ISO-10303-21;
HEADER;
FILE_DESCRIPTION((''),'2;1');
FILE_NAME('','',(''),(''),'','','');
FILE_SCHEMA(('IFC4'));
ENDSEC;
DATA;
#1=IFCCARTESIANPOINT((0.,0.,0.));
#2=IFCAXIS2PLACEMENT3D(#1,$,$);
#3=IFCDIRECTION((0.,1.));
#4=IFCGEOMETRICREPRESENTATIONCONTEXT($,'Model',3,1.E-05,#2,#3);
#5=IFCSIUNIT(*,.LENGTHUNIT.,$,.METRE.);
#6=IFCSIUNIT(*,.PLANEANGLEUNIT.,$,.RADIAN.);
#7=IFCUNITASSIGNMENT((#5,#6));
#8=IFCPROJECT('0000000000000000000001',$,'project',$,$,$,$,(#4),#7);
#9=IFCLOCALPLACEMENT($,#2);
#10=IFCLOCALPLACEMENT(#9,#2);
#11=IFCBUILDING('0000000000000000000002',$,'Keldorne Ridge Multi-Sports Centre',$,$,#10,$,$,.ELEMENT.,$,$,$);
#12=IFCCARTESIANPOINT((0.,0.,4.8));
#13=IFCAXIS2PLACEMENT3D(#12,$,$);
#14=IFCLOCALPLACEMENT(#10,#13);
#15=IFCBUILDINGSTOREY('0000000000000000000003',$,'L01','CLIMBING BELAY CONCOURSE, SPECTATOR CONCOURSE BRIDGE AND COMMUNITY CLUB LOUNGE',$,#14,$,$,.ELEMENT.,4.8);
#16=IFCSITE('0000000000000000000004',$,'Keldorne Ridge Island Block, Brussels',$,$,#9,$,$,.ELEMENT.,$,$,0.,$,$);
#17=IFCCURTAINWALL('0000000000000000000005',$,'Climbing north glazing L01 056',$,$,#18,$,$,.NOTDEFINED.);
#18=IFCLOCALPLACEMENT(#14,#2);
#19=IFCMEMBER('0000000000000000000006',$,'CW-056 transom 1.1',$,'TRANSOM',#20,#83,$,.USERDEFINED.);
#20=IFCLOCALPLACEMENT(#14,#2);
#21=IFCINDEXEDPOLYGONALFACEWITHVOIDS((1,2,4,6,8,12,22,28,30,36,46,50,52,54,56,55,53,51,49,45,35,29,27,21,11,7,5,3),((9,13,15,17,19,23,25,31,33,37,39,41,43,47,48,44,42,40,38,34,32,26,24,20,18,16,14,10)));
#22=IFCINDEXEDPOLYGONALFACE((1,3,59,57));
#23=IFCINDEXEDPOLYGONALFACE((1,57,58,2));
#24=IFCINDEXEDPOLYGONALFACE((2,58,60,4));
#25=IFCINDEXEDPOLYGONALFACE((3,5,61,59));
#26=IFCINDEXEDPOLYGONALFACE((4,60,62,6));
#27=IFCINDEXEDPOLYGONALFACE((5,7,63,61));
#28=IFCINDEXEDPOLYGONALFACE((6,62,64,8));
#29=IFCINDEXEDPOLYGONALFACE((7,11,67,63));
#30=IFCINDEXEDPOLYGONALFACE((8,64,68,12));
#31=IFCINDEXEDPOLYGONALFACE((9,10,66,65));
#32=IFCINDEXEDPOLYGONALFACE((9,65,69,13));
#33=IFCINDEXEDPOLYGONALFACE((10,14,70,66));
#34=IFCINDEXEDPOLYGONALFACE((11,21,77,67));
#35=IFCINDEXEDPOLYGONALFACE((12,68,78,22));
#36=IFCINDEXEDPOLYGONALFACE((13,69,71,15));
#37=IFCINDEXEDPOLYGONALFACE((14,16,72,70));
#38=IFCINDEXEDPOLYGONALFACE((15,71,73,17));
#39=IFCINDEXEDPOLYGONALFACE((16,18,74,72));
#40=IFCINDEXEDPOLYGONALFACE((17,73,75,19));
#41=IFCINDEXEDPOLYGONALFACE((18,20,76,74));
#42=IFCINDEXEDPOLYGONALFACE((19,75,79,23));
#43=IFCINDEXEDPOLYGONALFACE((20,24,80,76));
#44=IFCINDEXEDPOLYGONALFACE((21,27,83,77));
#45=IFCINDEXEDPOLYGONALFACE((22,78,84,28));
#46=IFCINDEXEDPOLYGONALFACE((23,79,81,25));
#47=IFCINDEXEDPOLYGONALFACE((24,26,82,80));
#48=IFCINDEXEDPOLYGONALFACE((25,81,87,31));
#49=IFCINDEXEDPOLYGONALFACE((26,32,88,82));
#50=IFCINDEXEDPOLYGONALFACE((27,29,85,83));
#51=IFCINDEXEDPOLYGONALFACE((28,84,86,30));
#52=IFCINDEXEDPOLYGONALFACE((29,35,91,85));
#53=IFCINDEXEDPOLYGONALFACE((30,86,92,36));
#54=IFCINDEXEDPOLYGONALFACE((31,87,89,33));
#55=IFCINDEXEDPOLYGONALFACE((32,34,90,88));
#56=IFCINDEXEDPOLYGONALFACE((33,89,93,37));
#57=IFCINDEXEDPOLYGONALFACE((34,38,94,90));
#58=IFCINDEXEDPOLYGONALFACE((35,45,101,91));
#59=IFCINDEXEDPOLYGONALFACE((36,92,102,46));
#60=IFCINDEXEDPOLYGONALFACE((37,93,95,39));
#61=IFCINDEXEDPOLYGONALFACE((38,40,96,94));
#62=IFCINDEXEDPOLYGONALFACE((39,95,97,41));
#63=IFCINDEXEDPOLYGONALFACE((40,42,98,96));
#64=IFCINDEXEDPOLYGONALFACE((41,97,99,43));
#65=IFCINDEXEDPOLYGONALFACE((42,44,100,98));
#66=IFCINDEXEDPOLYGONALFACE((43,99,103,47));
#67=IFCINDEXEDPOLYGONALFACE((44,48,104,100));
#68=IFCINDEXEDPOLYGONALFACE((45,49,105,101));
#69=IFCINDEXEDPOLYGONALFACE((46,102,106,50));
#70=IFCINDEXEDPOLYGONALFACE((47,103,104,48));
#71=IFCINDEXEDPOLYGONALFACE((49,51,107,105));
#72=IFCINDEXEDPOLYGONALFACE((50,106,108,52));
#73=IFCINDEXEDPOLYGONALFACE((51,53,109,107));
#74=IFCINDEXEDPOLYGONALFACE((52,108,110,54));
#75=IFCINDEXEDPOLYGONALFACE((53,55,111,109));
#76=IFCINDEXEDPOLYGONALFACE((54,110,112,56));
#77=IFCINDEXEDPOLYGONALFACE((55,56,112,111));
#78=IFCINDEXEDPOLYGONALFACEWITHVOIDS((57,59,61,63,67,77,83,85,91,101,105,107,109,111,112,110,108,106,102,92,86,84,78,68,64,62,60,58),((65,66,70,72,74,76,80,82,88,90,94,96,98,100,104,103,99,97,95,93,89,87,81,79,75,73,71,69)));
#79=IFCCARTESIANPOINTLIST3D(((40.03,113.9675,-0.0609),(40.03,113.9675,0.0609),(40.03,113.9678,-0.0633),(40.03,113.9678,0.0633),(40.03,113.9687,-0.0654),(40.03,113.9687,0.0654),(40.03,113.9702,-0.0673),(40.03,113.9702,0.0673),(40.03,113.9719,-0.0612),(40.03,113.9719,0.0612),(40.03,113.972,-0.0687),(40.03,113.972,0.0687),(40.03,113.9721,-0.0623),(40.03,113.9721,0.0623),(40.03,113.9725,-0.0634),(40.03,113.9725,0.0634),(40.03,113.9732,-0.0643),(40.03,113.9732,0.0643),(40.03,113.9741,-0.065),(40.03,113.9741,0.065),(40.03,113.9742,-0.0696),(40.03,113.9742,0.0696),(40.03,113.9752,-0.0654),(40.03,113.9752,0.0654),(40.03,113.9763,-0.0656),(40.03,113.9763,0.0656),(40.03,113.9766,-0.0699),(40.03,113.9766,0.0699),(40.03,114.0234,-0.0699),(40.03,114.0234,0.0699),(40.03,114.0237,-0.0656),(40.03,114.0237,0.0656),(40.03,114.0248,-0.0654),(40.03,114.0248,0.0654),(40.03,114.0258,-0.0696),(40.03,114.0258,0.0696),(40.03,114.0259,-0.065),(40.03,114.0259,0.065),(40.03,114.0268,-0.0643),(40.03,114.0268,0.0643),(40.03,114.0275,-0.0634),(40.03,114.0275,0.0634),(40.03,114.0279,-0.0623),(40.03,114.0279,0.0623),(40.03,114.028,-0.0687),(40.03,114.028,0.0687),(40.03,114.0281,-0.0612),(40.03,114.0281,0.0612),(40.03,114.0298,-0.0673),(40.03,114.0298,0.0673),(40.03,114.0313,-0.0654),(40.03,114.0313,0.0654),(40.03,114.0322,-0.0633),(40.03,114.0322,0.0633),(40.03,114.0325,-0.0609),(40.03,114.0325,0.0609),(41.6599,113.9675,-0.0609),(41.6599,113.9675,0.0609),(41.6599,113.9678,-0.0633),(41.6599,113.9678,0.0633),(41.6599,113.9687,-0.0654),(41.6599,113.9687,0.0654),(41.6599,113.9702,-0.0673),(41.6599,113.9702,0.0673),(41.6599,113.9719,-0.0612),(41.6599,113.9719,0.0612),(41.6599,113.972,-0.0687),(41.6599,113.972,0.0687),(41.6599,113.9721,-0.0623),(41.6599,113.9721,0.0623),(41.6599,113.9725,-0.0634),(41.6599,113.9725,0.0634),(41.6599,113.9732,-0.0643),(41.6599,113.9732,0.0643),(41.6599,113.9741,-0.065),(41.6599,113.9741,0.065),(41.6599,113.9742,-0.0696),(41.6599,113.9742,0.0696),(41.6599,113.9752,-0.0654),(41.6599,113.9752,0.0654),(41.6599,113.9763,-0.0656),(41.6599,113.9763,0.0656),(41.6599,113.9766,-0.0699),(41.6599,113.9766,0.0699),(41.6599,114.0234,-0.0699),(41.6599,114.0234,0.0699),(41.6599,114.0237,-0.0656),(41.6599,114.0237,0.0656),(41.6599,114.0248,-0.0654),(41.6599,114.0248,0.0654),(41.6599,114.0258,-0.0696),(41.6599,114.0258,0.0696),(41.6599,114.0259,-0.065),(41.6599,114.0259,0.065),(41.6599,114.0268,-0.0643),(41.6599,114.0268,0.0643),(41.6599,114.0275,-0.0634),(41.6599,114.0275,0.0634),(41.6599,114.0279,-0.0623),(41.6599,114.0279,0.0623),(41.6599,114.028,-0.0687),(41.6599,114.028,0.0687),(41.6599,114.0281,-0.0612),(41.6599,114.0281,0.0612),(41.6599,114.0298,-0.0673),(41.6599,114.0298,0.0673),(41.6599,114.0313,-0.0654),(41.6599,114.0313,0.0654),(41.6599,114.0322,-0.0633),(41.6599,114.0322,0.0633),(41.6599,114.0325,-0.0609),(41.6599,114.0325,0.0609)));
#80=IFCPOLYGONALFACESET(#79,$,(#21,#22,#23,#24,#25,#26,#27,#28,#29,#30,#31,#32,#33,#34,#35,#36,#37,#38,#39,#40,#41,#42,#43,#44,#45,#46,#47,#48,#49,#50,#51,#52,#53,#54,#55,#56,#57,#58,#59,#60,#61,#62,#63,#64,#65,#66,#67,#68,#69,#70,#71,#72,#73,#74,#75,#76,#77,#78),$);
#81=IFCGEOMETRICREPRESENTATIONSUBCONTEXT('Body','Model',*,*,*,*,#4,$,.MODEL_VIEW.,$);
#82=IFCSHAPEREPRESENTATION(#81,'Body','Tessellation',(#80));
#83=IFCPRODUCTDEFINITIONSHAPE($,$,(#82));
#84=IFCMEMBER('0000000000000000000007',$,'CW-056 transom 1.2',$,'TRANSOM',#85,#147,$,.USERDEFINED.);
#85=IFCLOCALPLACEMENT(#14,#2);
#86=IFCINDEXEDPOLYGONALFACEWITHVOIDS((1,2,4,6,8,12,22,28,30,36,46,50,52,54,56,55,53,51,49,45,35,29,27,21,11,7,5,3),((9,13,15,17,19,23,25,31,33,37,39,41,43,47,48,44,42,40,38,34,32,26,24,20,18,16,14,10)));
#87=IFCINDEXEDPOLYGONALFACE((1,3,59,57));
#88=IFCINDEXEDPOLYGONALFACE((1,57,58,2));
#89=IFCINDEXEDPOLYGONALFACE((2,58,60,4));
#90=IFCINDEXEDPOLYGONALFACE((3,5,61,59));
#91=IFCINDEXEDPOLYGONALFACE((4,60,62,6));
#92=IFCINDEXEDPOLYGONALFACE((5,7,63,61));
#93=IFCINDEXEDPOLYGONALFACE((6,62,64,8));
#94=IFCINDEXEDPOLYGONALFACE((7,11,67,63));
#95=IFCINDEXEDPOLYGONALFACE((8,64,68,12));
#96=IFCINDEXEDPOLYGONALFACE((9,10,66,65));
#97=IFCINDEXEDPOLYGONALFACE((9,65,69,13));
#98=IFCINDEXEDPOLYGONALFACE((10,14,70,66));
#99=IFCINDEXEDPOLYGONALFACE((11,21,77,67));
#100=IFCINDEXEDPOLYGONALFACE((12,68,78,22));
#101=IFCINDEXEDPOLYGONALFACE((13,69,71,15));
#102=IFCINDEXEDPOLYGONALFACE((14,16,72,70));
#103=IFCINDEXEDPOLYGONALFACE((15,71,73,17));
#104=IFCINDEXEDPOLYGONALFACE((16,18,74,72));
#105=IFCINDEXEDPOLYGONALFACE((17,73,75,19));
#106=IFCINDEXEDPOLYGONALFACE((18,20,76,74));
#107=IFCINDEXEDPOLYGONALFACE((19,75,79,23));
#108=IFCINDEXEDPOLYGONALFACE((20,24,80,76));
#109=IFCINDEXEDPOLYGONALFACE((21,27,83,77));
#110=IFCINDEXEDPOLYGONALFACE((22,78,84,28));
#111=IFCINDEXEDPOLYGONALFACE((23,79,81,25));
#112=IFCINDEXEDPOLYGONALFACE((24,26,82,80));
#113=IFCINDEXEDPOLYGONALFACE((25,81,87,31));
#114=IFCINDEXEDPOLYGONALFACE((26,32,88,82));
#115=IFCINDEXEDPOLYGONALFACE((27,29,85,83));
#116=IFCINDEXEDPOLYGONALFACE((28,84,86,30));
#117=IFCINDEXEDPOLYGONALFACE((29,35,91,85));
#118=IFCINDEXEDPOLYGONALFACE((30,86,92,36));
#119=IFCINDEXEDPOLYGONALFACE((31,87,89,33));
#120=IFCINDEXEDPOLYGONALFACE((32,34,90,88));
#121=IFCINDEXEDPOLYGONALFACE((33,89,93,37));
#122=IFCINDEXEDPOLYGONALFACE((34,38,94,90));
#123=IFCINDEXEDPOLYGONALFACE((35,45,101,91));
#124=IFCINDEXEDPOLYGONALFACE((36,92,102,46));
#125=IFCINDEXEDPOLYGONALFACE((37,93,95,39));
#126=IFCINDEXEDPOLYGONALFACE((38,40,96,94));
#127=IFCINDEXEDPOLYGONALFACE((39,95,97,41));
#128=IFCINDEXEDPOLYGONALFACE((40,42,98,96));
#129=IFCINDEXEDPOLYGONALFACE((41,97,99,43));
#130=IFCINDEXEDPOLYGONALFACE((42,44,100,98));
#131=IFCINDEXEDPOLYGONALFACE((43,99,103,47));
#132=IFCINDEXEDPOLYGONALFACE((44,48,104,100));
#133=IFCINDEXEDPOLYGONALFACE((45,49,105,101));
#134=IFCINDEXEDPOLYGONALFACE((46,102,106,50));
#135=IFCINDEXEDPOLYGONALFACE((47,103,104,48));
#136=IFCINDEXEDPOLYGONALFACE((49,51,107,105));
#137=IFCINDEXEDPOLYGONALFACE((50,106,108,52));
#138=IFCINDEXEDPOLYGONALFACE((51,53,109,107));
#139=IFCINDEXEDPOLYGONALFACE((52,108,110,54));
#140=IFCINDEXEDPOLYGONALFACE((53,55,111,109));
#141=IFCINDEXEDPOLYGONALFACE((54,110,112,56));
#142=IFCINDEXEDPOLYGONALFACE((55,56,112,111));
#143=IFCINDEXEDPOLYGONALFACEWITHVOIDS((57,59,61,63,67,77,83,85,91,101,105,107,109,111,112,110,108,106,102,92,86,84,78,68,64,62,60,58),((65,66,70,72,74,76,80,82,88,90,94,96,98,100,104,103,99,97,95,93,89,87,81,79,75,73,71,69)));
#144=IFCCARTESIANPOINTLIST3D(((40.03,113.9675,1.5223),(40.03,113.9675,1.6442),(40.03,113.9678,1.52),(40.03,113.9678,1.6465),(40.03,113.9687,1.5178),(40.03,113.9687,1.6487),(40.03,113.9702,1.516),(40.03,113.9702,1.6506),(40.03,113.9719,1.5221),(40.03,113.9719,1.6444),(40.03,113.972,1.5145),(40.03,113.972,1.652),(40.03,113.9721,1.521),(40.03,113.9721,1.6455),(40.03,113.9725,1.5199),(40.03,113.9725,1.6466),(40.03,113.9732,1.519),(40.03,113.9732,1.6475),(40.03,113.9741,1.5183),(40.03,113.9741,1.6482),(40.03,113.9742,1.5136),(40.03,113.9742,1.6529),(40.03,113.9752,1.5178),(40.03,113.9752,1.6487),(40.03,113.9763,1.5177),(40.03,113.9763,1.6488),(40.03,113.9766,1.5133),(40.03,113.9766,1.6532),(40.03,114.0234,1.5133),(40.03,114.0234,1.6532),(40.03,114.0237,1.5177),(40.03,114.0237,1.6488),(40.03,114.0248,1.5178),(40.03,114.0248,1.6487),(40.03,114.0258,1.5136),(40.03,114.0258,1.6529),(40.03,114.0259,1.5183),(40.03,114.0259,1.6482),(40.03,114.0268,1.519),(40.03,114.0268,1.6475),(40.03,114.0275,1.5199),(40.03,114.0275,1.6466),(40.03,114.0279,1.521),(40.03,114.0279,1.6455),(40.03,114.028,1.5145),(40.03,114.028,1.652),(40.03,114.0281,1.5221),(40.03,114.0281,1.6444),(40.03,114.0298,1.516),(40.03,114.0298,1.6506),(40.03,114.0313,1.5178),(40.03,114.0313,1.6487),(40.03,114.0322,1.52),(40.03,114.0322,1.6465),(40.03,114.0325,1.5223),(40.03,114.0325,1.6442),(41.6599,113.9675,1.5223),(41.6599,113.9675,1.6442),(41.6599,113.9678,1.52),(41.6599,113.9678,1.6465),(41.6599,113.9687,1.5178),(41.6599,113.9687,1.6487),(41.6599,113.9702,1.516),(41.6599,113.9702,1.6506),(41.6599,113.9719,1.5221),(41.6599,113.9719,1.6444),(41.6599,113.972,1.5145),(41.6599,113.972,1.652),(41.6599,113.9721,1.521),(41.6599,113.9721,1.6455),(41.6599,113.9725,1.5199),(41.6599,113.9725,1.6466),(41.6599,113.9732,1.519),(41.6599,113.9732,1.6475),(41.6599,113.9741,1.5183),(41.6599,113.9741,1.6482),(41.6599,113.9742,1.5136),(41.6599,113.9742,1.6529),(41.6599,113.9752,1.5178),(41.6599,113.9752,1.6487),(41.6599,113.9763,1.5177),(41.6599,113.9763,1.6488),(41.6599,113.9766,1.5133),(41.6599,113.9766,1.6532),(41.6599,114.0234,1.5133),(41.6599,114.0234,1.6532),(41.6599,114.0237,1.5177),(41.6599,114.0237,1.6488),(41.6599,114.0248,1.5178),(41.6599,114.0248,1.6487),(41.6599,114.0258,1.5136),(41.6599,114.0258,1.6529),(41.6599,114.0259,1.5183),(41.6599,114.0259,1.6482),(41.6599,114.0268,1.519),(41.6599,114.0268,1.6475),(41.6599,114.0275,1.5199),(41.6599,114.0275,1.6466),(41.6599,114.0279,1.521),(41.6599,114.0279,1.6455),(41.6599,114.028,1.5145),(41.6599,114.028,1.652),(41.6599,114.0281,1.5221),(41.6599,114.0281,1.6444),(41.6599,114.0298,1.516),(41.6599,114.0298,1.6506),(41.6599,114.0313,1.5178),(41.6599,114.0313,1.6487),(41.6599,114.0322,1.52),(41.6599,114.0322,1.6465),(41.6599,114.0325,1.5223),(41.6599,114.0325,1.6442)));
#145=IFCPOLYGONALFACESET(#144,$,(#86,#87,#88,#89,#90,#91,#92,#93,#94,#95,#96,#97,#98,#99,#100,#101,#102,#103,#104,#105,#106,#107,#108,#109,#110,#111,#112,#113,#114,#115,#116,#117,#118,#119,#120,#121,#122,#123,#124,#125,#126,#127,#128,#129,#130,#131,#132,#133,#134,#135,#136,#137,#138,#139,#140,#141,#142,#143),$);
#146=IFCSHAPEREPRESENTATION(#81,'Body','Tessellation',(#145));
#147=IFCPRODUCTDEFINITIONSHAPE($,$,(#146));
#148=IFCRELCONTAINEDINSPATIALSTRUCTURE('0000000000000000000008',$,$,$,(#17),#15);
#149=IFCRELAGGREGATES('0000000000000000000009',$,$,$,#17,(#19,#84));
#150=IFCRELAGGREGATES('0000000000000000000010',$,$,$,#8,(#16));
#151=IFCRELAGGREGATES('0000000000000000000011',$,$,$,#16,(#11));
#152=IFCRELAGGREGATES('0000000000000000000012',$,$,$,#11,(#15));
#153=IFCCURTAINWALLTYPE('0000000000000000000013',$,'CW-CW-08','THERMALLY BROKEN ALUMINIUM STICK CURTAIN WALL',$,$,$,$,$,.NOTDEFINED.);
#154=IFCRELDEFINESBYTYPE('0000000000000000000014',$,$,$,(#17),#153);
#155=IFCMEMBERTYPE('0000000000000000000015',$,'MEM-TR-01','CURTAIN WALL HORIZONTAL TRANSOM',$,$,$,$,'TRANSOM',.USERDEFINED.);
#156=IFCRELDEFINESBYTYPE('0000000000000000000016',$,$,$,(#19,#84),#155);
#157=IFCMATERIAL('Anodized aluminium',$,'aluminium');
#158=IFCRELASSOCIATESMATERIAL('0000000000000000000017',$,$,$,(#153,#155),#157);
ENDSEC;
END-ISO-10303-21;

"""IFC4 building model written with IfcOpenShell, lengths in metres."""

from ifc_helpers import new_model, si_unit, direction, frame, origin, origin_2d, place, context, subcontext, project, spatial, hollow_rectangle, extrude, material, material_profile, profile_set, type_object, element, aggregate, save


model = new_model("IFC4")

# Units and contexts
model_context = context("Model", 3, precision=1e-05, world=origin(), true_north=direction((0.0, 1.0)))
body_context = subcontext(model_context, "Body", "Model", "MODEL_VIEW")
ifc_project = project(units=[si_unit("LENGTHUNIT", "METRE"), si_unit("PLANEANGLEUNIT", "RADIAN")], contexts=[model_context])

# Site, building, storey
site_placement = place(None, origin())
site = spatial("IfcSite", under=ifc_project, at=site_placement, Name="Keldorne Ridge Island Block, Brussels", CompositionType="ELEMENT", RefElevation=0.0)
building_placement = place(site_placement, origin())
building = spatial("IfcBuilding", under=site, at=building_placement, Name="Keldorne Ridge Multi-Sports Centre", CompositionType="ELEMENT")
storey_placement = place(building_placement, frame((0.0, 0.0, 4.8)))
storey = spatial("IfcBuildingStorey", under=building, at=storey_placement, Name="L01", Description="CLIMBING BELAY CONCOURSE, SPECTATOR CONCOURSE BRIDGE AND COMMUNITY CLUB LOUNGE", CompositionType="ELEMENT", Elevation=4.8)

# Curtain wall, members
ifc_material_1 = material(Name="Anodized aluminium", Category="aluminium")
curtain_wall_type = type_object("IfcCurtainWallType", Name="CW-CW-08", Description="THERMALLY BROKEN ALUMINIUM STICK CURTAIN WALL", PredefinedType="NOTDEFINED", material=ifc_material_1)
curtain_wall_placement = place(storey_placement, origin())
curtain_wall = element("IfcCurtainWall", 1, at=curtain_wall_placement, inside=storey, type_object=curtain_wall_type, Name="Climbing north glazing L01 056", PredefinedType="NOTDEFINED")
ifc_material_profile_1 = material_profile(ifc_material_1, hollow_rectangle(XDim=0.0649, YDim=0.1399, WallThickness=0.0044, InnerFilletRadius=0.0044, OuterFilletRadius=0.009, at=origin_2d()), Name="ALU TRANSOM 140x65x4.5")
ifc_profile_set_1 = profile_set([ifc_material_profile_1], Name="Anodized aluminium")
member_type_1 = type_object("IfcMemberType", Name="MEM-TR-01", Description="CURTAIN WALL HORIZONTAL TRANSOM", ElementType="TRANSOM", PredefinedType="USERDEFINED", material=ifc_profile_set_1)
member_1_placement = place(storey_placement, frame((41.6599, 114.0, 0.0), z_axis=(-1.0, 0.0, 0.0), x_axis=(0.0, -1.0, 0.0)))
member_1 = element("IfcMember", 2, at=member_1_placement, type_object=member_type_1, Name="CW-056 transom 1.1", ObjectType="TRANSOM", PredefinedType="USERDEFINED", context=body_context, shape_type="SweptSolid", body=[
    extrude(hollow_rectangle(XDim=0.0649, YDim=0.1399, WallThickness=0.0044, InnerFilletRadius=0.0044, OuterFilletRadius=0.009, at=origin_2d()), origin(), (0.0, 0.0, 1.0), 1.6299),
])
member_2_placement = place(storey_placement, frame((41.6599, 114.0, 1.5833), z_axis=(-1.0, 0.0, 0.0), x_axis=(0.0, -1.0, 0.0)))
member_2 = element("IfcMember", 3, at=member_2_placement, type_object=member_type_1, Name="CW-056 transom 1.2", ObjectType="TRANSOM", PredefinedType="USERDEFINED", context=body_context, shape_type="SweptSolid", body=[
    extrude(hollow_rectangle(XDim=0.0649, YDim=0.1399, WallThickness=0.0044, InnerFilletRadius=0.0044, OuterFilletRadius=0.009, at=origin_2d()), origin(), (0.0, 0.0, 1.0), 1.6299),
])
aggregate(curtain_wall, [member_1, member_2])

save(model, "model.ifc")
